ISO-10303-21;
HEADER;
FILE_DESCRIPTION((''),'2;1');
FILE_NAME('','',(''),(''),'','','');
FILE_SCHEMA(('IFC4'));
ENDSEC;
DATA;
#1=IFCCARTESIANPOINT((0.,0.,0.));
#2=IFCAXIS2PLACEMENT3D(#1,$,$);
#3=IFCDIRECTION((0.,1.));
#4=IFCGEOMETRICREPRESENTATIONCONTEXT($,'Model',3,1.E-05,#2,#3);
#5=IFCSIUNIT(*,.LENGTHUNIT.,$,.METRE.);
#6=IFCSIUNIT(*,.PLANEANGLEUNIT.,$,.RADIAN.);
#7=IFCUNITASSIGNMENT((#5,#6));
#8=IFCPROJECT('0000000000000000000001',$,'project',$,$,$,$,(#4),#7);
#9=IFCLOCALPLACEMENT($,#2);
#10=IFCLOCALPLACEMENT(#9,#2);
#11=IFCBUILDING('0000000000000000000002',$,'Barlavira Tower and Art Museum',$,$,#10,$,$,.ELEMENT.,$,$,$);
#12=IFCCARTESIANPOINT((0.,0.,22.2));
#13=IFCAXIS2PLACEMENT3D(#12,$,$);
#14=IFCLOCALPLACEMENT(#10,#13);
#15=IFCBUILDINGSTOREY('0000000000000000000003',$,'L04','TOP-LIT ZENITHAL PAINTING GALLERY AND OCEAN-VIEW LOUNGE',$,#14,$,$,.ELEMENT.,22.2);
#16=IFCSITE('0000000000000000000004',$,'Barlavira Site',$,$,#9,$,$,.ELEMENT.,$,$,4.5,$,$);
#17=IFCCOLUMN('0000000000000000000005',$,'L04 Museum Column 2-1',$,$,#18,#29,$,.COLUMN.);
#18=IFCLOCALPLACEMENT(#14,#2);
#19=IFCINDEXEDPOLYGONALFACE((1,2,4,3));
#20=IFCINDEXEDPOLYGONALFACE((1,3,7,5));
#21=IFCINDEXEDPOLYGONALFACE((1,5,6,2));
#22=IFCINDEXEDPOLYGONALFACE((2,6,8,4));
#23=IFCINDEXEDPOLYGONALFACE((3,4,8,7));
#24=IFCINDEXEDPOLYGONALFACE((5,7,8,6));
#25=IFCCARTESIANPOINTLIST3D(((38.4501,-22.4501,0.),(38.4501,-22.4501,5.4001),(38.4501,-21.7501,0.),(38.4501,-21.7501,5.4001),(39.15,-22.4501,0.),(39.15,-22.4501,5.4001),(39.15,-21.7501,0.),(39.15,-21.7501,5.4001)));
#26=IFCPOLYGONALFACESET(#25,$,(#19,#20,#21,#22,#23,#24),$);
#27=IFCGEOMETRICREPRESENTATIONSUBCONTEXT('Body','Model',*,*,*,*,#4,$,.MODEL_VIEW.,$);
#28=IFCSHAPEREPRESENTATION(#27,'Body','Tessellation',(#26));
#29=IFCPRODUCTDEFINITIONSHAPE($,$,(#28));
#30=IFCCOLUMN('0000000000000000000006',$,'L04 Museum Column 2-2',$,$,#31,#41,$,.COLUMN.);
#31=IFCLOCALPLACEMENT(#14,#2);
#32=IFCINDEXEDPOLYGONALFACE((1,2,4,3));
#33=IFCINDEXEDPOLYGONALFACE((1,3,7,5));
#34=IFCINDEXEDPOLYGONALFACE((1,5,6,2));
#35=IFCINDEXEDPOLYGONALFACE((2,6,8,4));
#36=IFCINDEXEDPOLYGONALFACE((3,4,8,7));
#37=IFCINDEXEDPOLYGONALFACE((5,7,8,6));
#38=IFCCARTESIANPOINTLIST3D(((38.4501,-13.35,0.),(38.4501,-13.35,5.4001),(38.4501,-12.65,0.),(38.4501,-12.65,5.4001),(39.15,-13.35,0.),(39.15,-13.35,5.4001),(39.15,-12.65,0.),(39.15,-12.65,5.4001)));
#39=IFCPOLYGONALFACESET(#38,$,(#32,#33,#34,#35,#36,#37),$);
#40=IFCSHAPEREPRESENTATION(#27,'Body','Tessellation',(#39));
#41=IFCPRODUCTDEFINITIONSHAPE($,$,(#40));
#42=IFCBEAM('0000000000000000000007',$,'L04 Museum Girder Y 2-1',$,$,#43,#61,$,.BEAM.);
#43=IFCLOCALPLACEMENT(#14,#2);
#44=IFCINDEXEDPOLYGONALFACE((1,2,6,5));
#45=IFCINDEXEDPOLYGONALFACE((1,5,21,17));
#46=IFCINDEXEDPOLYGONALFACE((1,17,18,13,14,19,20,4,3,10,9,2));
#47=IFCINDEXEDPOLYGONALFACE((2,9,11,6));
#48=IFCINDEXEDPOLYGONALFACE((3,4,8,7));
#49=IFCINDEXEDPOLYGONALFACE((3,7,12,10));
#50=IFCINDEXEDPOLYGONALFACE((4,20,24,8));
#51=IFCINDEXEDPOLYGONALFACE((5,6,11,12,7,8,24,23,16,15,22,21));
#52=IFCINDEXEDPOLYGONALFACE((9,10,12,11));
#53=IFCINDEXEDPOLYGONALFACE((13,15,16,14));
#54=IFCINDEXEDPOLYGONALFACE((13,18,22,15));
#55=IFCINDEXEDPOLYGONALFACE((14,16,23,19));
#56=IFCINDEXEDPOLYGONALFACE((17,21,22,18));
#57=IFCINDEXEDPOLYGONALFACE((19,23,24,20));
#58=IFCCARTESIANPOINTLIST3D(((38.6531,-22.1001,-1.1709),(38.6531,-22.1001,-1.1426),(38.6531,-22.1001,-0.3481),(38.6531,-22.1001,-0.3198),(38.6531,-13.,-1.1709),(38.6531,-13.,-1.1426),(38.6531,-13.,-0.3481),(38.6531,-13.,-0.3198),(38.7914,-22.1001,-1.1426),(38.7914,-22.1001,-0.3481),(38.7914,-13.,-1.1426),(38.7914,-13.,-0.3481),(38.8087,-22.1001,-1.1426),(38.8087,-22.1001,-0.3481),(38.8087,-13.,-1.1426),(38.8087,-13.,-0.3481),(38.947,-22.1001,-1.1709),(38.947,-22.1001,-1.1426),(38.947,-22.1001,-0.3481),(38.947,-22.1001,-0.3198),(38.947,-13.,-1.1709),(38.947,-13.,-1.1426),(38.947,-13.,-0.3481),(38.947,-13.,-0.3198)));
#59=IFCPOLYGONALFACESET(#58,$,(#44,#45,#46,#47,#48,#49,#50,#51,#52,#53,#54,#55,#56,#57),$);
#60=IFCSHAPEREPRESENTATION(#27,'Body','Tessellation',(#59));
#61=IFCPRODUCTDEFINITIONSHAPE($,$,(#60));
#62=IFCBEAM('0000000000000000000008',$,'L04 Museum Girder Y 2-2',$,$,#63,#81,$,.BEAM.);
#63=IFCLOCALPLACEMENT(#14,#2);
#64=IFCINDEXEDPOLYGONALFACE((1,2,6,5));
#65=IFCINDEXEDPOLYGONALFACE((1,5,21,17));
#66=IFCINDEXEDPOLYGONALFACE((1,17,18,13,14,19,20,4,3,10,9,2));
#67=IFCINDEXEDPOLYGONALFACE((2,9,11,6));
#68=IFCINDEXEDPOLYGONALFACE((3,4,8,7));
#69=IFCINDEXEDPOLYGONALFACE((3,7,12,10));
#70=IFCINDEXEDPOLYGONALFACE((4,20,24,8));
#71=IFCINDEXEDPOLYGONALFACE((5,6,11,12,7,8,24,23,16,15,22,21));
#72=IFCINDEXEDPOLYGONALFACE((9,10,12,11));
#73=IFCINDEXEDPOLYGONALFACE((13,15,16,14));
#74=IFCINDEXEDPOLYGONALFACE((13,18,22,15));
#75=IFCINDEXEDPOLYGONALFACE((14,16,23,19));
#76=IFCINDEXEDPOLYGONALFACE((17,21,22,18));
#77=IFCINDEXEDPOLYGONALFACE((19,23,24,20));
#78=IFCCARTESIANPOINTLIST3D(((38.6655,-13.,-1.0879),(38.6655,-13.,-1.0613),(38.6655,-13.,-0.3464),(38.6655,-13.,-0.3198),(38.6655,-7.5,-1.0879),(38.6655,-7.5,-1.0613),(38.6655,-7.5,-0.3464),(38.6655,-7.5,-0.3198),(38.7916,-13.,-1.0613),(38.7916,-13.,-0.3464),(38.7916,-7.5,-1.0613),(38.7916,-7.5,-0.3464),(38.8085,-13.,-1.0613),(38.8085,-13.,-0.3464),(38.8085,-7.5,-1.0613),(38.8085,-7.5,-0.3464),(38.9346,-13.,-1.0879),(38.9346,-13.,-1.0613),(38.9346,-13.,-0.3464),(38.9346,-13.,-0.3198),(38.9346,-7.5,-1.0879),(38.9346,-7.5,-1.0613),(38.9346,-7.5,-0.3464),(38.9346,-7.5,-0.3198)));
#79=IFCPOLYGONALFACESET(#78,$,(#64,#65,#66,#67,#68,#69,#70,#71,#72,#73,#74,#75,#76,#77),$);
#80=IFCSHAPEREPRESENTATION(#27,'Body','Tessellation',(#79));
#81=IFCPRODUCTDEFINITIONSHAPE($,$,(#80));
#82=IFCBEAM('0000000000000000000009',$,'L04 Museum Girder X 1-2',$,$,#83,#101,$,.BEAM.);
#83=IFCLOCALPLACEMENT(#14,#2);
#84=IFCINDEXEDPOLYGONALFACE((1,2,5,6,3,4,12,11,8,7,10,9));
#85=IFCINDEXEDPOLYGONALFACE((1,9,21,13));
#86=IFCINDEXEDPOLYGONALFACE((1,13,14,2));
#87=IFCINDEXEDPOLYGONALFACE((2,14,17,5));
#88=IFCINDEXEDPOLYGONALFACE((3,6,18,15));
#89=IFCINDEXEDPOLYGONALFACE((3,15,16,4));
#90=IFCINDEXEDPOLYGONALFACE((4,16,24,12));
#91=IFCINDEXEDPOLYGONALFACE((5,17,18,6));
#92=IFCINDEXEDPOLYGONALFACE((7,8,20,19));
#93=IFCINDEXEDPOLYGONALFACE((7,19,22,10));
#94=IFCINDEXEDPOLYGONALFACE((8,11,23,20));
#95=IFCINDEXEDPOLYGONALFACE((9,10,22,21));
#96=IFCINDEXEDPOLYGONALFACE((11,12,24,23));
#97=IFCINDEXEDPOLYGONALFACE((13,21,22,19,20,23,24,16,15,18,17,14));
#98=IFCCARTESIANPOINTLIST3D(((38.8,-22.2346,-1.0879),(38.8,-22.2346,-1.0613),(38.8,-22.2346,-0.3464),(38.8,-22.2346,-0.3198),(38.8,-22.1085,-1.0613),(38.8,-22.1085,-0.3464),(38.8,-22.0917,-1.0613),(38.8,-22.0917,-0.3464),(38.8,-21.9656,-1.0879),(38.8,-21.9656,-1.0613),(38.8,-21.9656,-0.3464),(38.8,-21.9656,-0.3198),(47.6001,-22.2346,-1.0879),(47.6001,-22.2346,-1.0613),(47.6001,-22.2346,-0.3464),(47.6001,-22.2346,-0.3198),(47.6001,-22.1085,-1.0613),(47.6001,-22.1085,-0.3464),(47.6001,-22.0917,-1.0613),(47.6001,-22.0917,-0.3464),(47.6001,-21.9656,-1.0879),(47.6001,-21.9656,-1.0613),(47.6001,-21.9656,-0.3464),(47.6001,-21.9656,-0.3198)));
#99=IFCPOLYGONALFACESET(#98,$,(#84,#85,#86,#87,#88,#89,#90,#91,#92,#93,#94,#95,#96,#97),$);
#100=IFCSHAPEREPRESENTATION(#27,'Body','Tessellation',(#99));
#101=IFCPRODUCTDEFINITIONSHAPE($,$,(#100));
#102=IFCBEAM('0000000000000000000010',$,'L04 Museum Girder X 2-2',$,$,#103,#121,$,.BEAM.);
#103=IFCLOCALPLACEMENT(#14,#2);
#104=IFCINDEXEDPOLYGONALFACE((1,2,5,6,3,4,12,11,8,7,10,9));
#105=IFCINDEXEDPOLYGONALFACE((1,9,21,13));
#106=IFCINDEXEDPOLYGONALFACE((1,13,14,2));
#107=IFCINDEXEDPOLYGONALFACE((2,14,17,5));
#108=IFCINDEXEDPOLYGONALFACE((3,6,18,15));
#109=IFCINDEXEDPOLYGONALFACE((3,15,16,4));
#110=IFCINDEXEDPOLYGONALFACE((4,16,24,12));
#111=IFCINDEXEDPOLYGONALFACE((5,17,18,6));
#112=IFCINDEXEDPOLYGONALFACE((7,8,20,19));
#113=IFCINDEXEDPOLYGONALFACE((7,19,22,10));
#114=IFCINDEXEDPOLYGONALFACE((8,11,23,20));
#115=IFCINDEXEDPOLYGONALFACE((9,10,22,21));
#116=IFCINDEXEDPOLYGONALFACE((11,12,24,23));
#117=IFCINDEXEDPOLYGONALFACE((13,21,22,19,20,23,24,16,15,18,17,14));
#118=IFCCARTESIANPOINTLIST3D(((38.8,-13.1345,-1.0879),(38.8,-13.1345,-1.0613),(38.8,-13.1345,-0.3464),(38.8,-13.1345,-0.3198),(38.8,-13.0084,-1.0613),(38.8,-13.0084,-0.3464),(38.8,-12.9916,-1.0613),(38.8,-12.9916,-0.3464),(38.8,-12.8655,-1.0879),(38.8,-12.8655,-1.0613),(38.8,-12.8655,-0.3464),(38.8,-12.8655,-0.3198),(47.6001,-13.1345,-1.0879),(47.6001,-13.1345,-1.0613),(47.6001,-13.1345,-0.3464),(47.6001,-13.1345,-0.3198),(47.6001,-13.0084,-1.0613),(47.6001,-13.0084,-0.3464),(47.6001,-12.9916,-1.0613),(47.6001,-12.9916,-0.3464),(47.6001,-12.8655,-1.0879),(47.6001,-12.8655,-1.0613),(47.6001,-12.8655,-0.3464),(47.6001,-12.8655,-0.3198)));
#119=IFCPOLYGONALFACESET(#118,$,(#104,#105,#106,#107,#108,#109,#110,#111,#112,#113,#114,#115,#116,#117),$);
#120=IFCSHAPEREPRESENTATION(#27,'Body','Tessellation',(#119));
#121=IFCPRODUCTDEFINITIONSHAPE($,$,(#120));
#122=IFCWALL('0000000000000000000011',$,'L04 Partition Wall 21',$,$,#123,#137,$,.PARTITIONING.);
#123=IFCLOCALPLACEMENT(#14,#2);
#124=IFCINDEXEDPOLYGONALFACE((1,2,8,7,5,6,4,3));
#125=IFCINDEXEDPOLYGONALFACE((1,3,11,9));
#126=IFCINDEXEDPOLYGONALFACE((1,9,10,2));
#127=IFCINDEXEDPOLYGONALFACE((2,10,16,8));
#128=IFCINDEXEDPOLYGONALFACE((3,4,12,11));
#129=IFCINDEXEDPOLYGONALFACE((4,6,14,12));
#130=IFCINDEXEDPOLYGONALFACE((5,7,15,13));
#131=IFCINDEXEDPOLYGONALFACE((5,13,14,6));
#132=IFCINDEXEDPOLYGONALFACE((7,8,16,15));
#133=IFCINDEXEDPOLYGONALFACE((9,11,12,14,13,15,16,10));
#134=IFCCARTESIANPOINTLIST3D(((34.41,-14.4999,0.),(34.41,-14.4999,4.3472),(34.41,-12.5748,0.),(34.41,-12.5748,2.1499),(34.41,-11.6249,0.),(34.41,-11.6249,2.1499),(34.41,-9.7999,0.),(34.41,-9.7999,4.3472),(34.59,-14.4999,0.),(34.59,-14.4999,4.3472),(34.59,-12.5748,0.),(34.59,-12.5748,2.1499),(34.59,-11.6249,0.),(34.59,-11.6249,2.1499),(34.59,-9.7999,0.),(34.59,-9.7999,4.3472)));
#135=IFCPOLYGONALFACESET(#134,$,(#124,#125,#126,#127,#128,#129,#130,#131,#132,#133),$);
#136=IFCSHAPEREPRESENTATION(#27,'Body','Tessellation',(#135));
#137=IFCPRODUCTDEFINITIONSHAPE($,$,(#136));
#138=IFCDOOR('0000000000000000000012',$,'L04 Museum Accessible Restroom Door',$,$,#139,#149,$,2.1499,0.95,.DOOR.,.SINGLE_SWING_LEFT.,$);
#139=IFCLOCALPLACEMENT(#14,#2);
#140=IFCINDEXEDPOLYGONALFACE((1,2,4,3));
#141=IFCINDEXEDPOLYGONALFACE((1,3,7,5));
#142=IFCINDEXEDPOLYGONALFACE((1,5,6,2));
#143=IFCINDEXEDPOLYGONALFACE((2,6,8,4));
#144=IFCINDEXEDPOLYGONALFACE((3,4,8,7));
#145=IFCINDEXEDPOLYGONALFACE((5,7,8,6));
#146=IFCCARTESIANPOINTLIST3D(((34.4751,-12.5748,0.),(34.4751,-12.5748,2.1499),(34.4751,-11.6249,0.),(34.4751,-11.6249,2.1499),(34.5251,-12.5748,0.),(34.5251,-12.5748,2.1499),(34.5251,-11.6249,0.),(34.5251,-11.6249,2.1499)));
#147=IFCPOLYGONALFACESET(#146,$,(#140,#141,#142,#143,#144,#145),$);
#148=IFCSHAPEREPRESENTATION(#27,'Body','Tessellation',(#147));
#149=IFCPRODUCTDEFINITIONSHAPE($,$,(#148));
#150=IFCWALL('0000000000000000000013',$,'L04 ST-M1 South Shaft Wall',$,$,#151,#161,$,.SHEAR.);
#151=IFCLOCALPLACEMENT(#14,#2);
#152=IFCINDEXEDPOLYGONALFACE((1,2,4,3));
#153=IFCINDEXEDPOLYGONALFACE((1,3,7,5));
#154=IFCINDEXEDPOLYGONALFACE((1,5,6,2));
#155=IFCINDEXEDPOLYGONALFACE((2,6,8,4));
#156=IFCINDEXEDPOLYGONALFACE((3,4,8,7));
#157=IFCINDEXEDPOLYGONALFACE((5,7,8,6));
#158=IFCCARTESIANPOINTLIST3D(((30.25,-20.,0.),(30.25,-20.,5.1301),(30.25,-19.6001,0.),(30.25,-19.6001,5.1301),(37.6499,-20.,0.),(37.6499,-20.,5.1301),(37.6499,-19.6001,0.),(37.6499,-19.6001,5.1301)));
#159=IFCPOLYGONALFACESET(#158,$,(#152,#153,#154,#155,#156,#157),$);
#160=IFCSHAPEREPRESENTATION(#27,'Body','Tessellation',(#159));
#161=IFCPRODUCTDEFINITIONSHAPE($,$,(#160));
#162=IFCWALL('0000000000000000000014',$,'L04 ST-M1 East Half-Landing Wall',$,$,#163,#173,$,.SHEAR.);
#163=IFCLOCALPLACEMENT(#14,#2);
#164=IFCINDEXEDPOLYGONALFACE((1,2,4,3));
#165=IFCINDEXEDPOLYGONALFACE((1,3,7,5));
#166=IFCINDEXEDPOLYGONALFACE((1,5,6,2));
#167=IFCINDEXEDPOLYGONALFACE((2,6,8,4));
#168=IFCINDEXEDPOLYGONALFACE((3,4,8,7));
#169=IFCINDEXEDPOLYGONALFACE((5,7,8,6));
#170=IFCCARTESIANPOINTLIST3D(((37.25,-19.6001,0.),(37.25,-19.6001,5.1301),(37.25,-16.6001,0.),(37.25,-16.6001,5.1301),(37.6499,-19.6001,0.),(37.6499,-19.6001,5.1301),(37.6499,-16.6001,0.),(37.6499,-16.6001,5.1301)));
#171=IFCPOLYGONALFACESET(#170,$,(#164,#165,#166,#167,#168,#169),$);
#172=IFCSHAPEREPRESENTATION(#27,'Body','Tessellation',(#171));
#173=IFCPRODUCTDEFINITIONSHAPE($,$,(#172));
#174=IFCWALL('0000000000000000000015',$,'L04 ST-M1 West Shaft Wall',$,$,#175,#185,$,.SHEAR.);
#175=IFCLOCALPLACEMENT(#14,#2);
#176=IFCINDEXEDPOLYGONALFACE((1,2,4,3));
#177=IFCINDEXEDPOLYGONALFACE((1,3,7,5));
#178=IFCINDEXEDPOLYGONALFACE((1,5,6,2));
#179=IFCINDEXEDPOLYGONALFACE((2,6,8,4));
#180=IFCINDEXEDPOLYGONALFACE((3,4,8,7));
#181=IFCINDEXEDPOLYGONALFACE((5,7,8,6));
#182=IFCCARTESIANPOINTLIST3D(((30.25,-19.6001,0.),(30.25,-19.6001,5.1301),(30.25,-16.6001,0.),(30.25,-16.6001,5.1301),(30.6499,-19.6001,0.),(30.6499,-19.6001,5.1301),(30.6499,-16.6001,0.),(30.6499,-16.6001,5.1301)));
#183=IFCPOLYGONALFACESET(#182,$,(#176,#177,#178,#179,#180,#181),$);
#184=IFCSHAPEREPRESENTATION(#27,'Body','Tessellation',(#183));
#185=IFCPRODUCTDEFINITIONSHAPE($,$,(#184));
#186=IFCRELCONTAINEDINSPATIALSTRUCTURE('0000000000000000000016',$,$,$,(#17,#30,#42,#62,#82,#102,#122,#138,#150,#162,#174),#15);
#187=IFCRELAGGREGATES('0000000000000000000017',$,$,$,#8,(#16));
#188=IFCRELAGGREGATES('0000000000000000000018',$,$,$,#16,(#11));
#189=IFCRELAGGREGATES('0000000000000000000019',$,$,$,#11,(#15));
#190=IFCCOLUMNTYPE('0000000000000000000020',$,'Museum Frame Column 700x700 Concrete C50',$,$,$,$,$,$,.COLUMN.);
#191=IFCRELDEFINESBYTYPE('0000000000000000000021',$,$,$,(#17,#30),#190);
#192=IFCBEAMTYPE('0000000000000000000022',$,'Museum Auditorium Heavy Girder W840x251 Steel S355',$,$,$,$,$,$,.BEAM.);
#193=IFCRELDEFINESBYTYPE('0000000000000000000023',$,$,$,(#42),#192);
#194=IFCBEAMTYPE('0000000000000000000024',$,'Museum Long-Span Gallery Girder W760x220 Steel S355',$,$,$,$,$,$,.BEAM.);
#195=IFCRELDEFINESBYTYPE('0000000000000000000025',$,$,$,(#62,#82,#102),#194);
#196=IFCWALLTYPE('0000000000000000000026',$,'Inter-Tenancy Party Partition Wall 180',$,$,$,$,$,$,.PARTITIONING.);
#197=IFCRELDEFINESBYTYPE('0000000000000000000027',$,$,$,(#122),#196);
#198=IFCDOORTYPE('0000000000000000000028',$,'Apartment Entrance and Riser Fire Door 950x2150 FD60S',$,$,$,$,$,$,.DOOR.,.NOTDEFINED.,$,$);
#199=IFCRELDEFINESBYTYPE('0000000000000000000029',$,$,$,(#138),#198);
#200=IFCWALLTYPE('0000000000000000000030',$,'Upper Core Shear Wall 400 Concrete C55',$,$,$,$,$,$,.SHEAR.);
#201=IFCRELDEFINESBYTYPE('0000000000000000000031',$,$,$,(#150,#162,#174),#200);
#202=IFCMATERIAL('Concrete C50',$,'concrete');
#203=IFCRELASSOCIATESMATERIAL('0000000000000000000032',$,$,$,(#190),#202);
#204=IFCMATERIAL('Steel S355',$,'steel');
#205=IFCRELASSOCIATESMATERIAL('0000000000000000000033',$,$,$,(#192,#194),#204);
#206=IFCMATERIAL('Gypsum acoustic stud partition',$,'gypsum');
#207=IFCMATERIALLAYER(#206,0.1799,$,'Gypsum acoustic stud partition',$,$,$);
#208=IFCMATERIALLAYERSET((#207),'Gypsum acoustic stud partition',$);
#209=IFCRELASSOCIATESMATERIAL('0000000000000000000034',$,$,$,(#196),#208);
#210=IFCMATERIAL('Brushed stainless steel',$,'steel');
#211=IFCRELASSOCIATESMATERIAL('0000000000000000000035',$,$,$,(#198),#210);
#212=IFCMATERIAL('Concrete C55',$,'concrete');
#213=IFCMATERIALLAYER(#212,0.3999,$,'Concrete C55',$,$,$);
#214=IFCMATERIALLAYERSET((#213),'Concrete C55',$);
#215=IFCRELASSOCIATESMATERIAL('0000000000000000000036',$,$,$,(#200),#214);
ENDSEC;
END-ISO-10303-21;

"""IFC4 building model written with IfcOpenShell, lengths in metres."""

from ifc_helpers import new_model, si_unit, direction, frame, frame_2d, origin, origin_2d, place, context, subcontext, project, spatial, rectangle, i_section, extrude, material, layer, layer_set, material_profile, profile_set, type_object, element, fill, save


model = new_model("IFC4")

# Units and contexts
model_context = context("Model", 3, precision=1e-05, world=origin(), true_north=direction((0.0, 1.0)))
body_context = subcontext(model_context, "Body", "Model", "MODEL_VIEW")
ifc_project = project(units=[si_unit("LENGTHUNIT", "METRE"), si_unit("PLANEANGLEUNIT", "RADIAN")], contexts=[model_context])

# Site, building, storey
site_placement = place(None, origin())
site = spatial("IfcSite", under=ifc_project, at=site_placement, Name="Barlavira Site", CompositionType="ELEMENT", RefElevation=4.5)
building_placement = place(site_placement, origin())
building = spatial("IfcBuilding", under=site, at=building_placement, Name="Barlavira Tower and Art Museum", CompositionType="ELEMENT")
storey_placement = place(building_placement, frame((0.0, 0.0, 22.2)))
storey = spatial("IfcBuildingStorey", under=building, at=storey_placement, Name="L04", Description="TOP-LIT ZENITHAL PAINTING GALLERY AND OCEAN-VIEW LOUNGE", CompositionType="ELEMENT", Elevation=22.2)

# Columns
ifc_material_1 = material(Name="Concrete C50", Category="concrete")
ifc_material_profile_1 = material_profile(ifc_material_1, rectangle(XDim=0.7, YDim=0.7, at=origin_2d()), Name="RC-COL 700x700")
ifc_profile_set_1 = profile_set([ifc_material_profile_1], Name="Concrete C50")
column_type = type_object("IfcColumnType", Name="Museum Frame Column 700x700 Concrete C50", PredefinedType="COLUMN", material=ifc_profile_set_1)
for number, where, z_axis, x_axis, name in (
    (1, (38.8, -22.1001, 0.0), (0.0, 0.0, 1.0), (1.0, 0.0, 0.0), "L04 Museum Column 2-1"),
    (2, (38.8, -13.0, 0.0), (0.0, 0.0, 1.0), (1.0, 0.0, 0.0), "L04 Museum Column 2-2"),
):
    element("IfcColumn", number, at=place(storey_placement, frame(where, z_axis=z_axis, x_axis=x_axis)), inside=storey, type_object=column_type, Name=name, PredefinedType="COLUMN", context=body_context, shape_type="SweptSolid", body=[
        extrude(rectangle(XDim=0.7, YDim=0.7, at=origin_2d()), origin(), (0.0, 0.0, 1.0), 5.4001),
    ])

# Beams
ifc_material_2 = material(Name="Steel S355", Category="steel")
ifc_material_profile_2 = material_profile(ifc_material_2, i_section(OverallWidth=0.2939, OverallDepth=0.8511, WebThickness=0.0173, FlangeThickness=0.0283, at=origin_2d()), Name="W840x251.0")
ifc_profile_set_2 = profile_set([ifc_material_profile_2], Name="Steel S355")
beam_type_1 = type_object("IfcBeamType", Name="Museum Auditorium Heavy Girder W840x251 Steel S355", PredefinedType="BEAM", material=ifc_profile_set_2)
beam_1_placement = place(storey_placement, frame((38.8, -22.1001, -0.7454), z_axis=(0.0, 1.0, 0.0), x_axis=(-1.0, 0.0, 0.0)))
element("IfcBeam", 3, at=beam_1_placement, inside=storey, type_object=beam_type_1, Name="L04 Museum Girder Y 2-1", PredefinedType="BEAM", context=body_context, shape_type="SweptSolid", body=[
    extrude(i_section(OverallWidth=0.2939, OverallDepth=0.8511, WebThickness=0.0173, FlangeThickness=0.0283, at=origin_2d()), origin(), (0.0, 0.0, 1.0), 9.1001),
])
ifc_material_profile_3 = material_profile(ifc_material_2, i_section(OverallWidth=0.269, OverallDepth=0.7681, WebThickness=0.0168, FlangeThickness=0.0266, at=origin_2d()), Name="W760x220.0")
ifc_profile_set_3 = profile_set([ifc_material_profile_3], Name="Steel S355")
beam_type_2 = type_object("IfcBeamType", Name="Museum Long-Span Gallery Girder W760x220 Steel S355", PredefinedType="BEAM", material=ifc_profile_set_3)
beam_2_placement = place(storey_placement, frame((38.8, -13.0, -0.7039), z_axis=(0.0, 1.0, 0.0), x_axis=(-1.0, 0.0, 0.0)))
element("IfcBeam", 4, at=beam_2_placement, inside=storey, type_object=beam_type_2, Name="L04 Museum Girder Y 2-2", PredefinedType="BEAM", context=body_context, shape_type="SweptSolid", body=[
    extrude(i_section(OverallWidth=0.269, OverallDepth=0.7681, WebThickness=0.0168, FlangeThickness=0.0266, at=origin_2d()), origin(), (0.0, 0.0, 1.0), 5.5),
])
for number, where, z_axis, x_axis, name in (
    (5, (38.8, -22.1001, -0.7039), (1.0, 0.0, 0.0), (0.0, 1.0, 0.0), "L04 Museum Girder X 1-2"),
    (6, (38.8, -13.0, -0.7039), (1.0, 0.0, 0.0), (0.0, 1.0, 0.0), "L04 Museum Girder X 2-2"),
):
    element("IfcBeam", number, at=place(storey_placement, frame(where, z_axis=z_axis, x_axis=x_axis)), inside=storey, type_object=beam_type_2, Name=name, PredefinedType="BEAM", context=body_context, shape_type="SweptSolid", body=[
        extrude(i_section(OverallWidth=0.269, OverallDepth=0.7681, WebThickness=0.0168, FlangeThickness=0.0266, at=origin_2d()), origin(), (0.0, 0.0, 1.0), 8.8),
    ])

# Wall, opening, door
ifc_material_3 = material(Name="Gypsum acoustic stud partition", Category="gypsum")
ifc_layer_1 = layer(ifc_material_3, 0.1799, Name="Gypsum acoustic stud partition")
ifc_layer_set_1 = layer_set([ifc_layer_1], Name="Gypsum acoustic stud partition")
wall_type_1 = type_object("IfcWallType", Name="Inter-Tenancy Party Partition Wall 180", PredefinedType="PARTITIONING", material=ifc_layer_set_1)
wall_1_placement = place(storey_placement, frame((34.5, -14.5, 0.0), z_axis=(0.0, 0.0, 1.0), x_axis=(0.0, 1.0, 0.0)))
wall_1 = element("IfcWall", 7, at=wall_1_placement, inside=storey, type_object=wall_type_1, Name="L04 Partition Wall 21", PredefinedType="PARTITIONING", context=body_context, shape_type="SweptSolid", body=[
    extrude(rectangle(XDim=4.7, YDim=0.1799, at=frame_2d((2.3501, 0.0))), origin(), (0.0, 0.0, 1.0), 4.3472),
])
opening_1_placement = place(wall_1_placement, frame((1.925, 0.0, 0.0)))
opening_1 = element("IfcOpeningElement", 8, at=opening_1_placement, cuts=wall_1, PredefinedType="OPENING", context=body_context, shape_type="SweptSolid", body=[
    extrude(rectangle(XDim=0.95, YDim=2.1499, at=frame_2d((0.4751, 1.075))), frame((0.0, 0.1001, 0.0), z_axis=(0.0, -1.0, 0.0), x_axis=(1.0, 0.0, 0.0)), (0.0, 0.0, 1.0), 0.2),
])
ifc_material_4 = material(Name="Brushed stainless steel", Category="steel")
door_type_1 = type_object("IfcDoorType", Name="Apartment Entrance and Riser Fire Door 950x2150 FD60S", OperationType="NOTDEFINED", PredefinedType="DOOR", material=ifc_material_4)
door_1_placement = place(opening_1_placement, origin())
door_1 = element("IfcDoor", 9, at=door_1_placement, inside=storey, type_object=door_type_1, Name="L04 Museum Accessible Restroom Door", OperationType="SINGLE_SWING_LEFT", OverallHeight=2.1499, OverallWidth=0.95, PredefinedType="DOOR", context=body_context, shape_type="SweptSolid", body=[
    extrude(rectangle(XDim=0.95, YDim=2.1499, at=frame_2d((0.4751, 1.075))), frame((0.0, 0.0249, 0.0), z_axis=(0.0, -1.0, 0.0), x_axis=(1.0, 0.0, 0.0)), (0.0, 0.0, 1.0), 0.05),
])
fill(opening_1, door_1)

# Walls
ifc_material_5 = material(Name="Concrete C55", Category="concrete")
ifc_layer_2 = layer(ifc_material_5, 0.3999, Name="Concrete C55")
ifc_layer_set_2 = layer_set([ifc_layer_2], Name="Concrete C55")
wall_type_2 = type_object("IfcWallType", Name="Upper Core Shear Wall 400 Concrete C55", PredefinedType="SHEAR", material=ifc_layer_set_2)
wall_2_placement = place(storey_placement, frame((37.6499, -19.8, 0.0), z_axis=(0.0, 0.0, 1.0), x_axis=(-1.0, 0.0, 0.0)))
element("IfcWall", 10, at=wall_2_placement, inside=storey, type_object=wall_type_2, Name="L04 ST-M1 South Shaft Wall", PredefinedType="SHEAR", context=body_context, shape_type="SweptSolid", body=[
    extrude(rectangle(XDim=7.3999, YDim=0.3999, at=frame_2d((3.7, 0.0))), origin(), (0.0, 0.0, 1.0), 5.1301),
])
for number, where, z_axis, x_axis, name in (
    (11, (37.45, -19.6001, 0.0), (0.0, 0.0, 1.0), (0.0, 1.0, 0.0), "L04 ST-M1 East Half-Landing Wall"),
    (12, (30.45, -19.6001, 0.0), (0.0, 0.0, 1.0), (0.0, 1.0, 0.0), "L04 ST-M1 West Shaft Wall"),
):
    element("IfcWall", number, at=place(storey_placement, frame(where, z_axis=z_axis, x_axis=x_axis)), inside=storey, type_object=wall_type_2, Name=name, PredefinedType="SHEAR", context=body_context, shape_type="SweptSolid", body=[
        extrude(rectangle(XDim=3.0, YDim=0.3999, at=frame_2d((1.5, 0.0))), origin(), (0.0, 0.0, 1.0), 5.1301),
    ])

save(model, "model.ifc")
